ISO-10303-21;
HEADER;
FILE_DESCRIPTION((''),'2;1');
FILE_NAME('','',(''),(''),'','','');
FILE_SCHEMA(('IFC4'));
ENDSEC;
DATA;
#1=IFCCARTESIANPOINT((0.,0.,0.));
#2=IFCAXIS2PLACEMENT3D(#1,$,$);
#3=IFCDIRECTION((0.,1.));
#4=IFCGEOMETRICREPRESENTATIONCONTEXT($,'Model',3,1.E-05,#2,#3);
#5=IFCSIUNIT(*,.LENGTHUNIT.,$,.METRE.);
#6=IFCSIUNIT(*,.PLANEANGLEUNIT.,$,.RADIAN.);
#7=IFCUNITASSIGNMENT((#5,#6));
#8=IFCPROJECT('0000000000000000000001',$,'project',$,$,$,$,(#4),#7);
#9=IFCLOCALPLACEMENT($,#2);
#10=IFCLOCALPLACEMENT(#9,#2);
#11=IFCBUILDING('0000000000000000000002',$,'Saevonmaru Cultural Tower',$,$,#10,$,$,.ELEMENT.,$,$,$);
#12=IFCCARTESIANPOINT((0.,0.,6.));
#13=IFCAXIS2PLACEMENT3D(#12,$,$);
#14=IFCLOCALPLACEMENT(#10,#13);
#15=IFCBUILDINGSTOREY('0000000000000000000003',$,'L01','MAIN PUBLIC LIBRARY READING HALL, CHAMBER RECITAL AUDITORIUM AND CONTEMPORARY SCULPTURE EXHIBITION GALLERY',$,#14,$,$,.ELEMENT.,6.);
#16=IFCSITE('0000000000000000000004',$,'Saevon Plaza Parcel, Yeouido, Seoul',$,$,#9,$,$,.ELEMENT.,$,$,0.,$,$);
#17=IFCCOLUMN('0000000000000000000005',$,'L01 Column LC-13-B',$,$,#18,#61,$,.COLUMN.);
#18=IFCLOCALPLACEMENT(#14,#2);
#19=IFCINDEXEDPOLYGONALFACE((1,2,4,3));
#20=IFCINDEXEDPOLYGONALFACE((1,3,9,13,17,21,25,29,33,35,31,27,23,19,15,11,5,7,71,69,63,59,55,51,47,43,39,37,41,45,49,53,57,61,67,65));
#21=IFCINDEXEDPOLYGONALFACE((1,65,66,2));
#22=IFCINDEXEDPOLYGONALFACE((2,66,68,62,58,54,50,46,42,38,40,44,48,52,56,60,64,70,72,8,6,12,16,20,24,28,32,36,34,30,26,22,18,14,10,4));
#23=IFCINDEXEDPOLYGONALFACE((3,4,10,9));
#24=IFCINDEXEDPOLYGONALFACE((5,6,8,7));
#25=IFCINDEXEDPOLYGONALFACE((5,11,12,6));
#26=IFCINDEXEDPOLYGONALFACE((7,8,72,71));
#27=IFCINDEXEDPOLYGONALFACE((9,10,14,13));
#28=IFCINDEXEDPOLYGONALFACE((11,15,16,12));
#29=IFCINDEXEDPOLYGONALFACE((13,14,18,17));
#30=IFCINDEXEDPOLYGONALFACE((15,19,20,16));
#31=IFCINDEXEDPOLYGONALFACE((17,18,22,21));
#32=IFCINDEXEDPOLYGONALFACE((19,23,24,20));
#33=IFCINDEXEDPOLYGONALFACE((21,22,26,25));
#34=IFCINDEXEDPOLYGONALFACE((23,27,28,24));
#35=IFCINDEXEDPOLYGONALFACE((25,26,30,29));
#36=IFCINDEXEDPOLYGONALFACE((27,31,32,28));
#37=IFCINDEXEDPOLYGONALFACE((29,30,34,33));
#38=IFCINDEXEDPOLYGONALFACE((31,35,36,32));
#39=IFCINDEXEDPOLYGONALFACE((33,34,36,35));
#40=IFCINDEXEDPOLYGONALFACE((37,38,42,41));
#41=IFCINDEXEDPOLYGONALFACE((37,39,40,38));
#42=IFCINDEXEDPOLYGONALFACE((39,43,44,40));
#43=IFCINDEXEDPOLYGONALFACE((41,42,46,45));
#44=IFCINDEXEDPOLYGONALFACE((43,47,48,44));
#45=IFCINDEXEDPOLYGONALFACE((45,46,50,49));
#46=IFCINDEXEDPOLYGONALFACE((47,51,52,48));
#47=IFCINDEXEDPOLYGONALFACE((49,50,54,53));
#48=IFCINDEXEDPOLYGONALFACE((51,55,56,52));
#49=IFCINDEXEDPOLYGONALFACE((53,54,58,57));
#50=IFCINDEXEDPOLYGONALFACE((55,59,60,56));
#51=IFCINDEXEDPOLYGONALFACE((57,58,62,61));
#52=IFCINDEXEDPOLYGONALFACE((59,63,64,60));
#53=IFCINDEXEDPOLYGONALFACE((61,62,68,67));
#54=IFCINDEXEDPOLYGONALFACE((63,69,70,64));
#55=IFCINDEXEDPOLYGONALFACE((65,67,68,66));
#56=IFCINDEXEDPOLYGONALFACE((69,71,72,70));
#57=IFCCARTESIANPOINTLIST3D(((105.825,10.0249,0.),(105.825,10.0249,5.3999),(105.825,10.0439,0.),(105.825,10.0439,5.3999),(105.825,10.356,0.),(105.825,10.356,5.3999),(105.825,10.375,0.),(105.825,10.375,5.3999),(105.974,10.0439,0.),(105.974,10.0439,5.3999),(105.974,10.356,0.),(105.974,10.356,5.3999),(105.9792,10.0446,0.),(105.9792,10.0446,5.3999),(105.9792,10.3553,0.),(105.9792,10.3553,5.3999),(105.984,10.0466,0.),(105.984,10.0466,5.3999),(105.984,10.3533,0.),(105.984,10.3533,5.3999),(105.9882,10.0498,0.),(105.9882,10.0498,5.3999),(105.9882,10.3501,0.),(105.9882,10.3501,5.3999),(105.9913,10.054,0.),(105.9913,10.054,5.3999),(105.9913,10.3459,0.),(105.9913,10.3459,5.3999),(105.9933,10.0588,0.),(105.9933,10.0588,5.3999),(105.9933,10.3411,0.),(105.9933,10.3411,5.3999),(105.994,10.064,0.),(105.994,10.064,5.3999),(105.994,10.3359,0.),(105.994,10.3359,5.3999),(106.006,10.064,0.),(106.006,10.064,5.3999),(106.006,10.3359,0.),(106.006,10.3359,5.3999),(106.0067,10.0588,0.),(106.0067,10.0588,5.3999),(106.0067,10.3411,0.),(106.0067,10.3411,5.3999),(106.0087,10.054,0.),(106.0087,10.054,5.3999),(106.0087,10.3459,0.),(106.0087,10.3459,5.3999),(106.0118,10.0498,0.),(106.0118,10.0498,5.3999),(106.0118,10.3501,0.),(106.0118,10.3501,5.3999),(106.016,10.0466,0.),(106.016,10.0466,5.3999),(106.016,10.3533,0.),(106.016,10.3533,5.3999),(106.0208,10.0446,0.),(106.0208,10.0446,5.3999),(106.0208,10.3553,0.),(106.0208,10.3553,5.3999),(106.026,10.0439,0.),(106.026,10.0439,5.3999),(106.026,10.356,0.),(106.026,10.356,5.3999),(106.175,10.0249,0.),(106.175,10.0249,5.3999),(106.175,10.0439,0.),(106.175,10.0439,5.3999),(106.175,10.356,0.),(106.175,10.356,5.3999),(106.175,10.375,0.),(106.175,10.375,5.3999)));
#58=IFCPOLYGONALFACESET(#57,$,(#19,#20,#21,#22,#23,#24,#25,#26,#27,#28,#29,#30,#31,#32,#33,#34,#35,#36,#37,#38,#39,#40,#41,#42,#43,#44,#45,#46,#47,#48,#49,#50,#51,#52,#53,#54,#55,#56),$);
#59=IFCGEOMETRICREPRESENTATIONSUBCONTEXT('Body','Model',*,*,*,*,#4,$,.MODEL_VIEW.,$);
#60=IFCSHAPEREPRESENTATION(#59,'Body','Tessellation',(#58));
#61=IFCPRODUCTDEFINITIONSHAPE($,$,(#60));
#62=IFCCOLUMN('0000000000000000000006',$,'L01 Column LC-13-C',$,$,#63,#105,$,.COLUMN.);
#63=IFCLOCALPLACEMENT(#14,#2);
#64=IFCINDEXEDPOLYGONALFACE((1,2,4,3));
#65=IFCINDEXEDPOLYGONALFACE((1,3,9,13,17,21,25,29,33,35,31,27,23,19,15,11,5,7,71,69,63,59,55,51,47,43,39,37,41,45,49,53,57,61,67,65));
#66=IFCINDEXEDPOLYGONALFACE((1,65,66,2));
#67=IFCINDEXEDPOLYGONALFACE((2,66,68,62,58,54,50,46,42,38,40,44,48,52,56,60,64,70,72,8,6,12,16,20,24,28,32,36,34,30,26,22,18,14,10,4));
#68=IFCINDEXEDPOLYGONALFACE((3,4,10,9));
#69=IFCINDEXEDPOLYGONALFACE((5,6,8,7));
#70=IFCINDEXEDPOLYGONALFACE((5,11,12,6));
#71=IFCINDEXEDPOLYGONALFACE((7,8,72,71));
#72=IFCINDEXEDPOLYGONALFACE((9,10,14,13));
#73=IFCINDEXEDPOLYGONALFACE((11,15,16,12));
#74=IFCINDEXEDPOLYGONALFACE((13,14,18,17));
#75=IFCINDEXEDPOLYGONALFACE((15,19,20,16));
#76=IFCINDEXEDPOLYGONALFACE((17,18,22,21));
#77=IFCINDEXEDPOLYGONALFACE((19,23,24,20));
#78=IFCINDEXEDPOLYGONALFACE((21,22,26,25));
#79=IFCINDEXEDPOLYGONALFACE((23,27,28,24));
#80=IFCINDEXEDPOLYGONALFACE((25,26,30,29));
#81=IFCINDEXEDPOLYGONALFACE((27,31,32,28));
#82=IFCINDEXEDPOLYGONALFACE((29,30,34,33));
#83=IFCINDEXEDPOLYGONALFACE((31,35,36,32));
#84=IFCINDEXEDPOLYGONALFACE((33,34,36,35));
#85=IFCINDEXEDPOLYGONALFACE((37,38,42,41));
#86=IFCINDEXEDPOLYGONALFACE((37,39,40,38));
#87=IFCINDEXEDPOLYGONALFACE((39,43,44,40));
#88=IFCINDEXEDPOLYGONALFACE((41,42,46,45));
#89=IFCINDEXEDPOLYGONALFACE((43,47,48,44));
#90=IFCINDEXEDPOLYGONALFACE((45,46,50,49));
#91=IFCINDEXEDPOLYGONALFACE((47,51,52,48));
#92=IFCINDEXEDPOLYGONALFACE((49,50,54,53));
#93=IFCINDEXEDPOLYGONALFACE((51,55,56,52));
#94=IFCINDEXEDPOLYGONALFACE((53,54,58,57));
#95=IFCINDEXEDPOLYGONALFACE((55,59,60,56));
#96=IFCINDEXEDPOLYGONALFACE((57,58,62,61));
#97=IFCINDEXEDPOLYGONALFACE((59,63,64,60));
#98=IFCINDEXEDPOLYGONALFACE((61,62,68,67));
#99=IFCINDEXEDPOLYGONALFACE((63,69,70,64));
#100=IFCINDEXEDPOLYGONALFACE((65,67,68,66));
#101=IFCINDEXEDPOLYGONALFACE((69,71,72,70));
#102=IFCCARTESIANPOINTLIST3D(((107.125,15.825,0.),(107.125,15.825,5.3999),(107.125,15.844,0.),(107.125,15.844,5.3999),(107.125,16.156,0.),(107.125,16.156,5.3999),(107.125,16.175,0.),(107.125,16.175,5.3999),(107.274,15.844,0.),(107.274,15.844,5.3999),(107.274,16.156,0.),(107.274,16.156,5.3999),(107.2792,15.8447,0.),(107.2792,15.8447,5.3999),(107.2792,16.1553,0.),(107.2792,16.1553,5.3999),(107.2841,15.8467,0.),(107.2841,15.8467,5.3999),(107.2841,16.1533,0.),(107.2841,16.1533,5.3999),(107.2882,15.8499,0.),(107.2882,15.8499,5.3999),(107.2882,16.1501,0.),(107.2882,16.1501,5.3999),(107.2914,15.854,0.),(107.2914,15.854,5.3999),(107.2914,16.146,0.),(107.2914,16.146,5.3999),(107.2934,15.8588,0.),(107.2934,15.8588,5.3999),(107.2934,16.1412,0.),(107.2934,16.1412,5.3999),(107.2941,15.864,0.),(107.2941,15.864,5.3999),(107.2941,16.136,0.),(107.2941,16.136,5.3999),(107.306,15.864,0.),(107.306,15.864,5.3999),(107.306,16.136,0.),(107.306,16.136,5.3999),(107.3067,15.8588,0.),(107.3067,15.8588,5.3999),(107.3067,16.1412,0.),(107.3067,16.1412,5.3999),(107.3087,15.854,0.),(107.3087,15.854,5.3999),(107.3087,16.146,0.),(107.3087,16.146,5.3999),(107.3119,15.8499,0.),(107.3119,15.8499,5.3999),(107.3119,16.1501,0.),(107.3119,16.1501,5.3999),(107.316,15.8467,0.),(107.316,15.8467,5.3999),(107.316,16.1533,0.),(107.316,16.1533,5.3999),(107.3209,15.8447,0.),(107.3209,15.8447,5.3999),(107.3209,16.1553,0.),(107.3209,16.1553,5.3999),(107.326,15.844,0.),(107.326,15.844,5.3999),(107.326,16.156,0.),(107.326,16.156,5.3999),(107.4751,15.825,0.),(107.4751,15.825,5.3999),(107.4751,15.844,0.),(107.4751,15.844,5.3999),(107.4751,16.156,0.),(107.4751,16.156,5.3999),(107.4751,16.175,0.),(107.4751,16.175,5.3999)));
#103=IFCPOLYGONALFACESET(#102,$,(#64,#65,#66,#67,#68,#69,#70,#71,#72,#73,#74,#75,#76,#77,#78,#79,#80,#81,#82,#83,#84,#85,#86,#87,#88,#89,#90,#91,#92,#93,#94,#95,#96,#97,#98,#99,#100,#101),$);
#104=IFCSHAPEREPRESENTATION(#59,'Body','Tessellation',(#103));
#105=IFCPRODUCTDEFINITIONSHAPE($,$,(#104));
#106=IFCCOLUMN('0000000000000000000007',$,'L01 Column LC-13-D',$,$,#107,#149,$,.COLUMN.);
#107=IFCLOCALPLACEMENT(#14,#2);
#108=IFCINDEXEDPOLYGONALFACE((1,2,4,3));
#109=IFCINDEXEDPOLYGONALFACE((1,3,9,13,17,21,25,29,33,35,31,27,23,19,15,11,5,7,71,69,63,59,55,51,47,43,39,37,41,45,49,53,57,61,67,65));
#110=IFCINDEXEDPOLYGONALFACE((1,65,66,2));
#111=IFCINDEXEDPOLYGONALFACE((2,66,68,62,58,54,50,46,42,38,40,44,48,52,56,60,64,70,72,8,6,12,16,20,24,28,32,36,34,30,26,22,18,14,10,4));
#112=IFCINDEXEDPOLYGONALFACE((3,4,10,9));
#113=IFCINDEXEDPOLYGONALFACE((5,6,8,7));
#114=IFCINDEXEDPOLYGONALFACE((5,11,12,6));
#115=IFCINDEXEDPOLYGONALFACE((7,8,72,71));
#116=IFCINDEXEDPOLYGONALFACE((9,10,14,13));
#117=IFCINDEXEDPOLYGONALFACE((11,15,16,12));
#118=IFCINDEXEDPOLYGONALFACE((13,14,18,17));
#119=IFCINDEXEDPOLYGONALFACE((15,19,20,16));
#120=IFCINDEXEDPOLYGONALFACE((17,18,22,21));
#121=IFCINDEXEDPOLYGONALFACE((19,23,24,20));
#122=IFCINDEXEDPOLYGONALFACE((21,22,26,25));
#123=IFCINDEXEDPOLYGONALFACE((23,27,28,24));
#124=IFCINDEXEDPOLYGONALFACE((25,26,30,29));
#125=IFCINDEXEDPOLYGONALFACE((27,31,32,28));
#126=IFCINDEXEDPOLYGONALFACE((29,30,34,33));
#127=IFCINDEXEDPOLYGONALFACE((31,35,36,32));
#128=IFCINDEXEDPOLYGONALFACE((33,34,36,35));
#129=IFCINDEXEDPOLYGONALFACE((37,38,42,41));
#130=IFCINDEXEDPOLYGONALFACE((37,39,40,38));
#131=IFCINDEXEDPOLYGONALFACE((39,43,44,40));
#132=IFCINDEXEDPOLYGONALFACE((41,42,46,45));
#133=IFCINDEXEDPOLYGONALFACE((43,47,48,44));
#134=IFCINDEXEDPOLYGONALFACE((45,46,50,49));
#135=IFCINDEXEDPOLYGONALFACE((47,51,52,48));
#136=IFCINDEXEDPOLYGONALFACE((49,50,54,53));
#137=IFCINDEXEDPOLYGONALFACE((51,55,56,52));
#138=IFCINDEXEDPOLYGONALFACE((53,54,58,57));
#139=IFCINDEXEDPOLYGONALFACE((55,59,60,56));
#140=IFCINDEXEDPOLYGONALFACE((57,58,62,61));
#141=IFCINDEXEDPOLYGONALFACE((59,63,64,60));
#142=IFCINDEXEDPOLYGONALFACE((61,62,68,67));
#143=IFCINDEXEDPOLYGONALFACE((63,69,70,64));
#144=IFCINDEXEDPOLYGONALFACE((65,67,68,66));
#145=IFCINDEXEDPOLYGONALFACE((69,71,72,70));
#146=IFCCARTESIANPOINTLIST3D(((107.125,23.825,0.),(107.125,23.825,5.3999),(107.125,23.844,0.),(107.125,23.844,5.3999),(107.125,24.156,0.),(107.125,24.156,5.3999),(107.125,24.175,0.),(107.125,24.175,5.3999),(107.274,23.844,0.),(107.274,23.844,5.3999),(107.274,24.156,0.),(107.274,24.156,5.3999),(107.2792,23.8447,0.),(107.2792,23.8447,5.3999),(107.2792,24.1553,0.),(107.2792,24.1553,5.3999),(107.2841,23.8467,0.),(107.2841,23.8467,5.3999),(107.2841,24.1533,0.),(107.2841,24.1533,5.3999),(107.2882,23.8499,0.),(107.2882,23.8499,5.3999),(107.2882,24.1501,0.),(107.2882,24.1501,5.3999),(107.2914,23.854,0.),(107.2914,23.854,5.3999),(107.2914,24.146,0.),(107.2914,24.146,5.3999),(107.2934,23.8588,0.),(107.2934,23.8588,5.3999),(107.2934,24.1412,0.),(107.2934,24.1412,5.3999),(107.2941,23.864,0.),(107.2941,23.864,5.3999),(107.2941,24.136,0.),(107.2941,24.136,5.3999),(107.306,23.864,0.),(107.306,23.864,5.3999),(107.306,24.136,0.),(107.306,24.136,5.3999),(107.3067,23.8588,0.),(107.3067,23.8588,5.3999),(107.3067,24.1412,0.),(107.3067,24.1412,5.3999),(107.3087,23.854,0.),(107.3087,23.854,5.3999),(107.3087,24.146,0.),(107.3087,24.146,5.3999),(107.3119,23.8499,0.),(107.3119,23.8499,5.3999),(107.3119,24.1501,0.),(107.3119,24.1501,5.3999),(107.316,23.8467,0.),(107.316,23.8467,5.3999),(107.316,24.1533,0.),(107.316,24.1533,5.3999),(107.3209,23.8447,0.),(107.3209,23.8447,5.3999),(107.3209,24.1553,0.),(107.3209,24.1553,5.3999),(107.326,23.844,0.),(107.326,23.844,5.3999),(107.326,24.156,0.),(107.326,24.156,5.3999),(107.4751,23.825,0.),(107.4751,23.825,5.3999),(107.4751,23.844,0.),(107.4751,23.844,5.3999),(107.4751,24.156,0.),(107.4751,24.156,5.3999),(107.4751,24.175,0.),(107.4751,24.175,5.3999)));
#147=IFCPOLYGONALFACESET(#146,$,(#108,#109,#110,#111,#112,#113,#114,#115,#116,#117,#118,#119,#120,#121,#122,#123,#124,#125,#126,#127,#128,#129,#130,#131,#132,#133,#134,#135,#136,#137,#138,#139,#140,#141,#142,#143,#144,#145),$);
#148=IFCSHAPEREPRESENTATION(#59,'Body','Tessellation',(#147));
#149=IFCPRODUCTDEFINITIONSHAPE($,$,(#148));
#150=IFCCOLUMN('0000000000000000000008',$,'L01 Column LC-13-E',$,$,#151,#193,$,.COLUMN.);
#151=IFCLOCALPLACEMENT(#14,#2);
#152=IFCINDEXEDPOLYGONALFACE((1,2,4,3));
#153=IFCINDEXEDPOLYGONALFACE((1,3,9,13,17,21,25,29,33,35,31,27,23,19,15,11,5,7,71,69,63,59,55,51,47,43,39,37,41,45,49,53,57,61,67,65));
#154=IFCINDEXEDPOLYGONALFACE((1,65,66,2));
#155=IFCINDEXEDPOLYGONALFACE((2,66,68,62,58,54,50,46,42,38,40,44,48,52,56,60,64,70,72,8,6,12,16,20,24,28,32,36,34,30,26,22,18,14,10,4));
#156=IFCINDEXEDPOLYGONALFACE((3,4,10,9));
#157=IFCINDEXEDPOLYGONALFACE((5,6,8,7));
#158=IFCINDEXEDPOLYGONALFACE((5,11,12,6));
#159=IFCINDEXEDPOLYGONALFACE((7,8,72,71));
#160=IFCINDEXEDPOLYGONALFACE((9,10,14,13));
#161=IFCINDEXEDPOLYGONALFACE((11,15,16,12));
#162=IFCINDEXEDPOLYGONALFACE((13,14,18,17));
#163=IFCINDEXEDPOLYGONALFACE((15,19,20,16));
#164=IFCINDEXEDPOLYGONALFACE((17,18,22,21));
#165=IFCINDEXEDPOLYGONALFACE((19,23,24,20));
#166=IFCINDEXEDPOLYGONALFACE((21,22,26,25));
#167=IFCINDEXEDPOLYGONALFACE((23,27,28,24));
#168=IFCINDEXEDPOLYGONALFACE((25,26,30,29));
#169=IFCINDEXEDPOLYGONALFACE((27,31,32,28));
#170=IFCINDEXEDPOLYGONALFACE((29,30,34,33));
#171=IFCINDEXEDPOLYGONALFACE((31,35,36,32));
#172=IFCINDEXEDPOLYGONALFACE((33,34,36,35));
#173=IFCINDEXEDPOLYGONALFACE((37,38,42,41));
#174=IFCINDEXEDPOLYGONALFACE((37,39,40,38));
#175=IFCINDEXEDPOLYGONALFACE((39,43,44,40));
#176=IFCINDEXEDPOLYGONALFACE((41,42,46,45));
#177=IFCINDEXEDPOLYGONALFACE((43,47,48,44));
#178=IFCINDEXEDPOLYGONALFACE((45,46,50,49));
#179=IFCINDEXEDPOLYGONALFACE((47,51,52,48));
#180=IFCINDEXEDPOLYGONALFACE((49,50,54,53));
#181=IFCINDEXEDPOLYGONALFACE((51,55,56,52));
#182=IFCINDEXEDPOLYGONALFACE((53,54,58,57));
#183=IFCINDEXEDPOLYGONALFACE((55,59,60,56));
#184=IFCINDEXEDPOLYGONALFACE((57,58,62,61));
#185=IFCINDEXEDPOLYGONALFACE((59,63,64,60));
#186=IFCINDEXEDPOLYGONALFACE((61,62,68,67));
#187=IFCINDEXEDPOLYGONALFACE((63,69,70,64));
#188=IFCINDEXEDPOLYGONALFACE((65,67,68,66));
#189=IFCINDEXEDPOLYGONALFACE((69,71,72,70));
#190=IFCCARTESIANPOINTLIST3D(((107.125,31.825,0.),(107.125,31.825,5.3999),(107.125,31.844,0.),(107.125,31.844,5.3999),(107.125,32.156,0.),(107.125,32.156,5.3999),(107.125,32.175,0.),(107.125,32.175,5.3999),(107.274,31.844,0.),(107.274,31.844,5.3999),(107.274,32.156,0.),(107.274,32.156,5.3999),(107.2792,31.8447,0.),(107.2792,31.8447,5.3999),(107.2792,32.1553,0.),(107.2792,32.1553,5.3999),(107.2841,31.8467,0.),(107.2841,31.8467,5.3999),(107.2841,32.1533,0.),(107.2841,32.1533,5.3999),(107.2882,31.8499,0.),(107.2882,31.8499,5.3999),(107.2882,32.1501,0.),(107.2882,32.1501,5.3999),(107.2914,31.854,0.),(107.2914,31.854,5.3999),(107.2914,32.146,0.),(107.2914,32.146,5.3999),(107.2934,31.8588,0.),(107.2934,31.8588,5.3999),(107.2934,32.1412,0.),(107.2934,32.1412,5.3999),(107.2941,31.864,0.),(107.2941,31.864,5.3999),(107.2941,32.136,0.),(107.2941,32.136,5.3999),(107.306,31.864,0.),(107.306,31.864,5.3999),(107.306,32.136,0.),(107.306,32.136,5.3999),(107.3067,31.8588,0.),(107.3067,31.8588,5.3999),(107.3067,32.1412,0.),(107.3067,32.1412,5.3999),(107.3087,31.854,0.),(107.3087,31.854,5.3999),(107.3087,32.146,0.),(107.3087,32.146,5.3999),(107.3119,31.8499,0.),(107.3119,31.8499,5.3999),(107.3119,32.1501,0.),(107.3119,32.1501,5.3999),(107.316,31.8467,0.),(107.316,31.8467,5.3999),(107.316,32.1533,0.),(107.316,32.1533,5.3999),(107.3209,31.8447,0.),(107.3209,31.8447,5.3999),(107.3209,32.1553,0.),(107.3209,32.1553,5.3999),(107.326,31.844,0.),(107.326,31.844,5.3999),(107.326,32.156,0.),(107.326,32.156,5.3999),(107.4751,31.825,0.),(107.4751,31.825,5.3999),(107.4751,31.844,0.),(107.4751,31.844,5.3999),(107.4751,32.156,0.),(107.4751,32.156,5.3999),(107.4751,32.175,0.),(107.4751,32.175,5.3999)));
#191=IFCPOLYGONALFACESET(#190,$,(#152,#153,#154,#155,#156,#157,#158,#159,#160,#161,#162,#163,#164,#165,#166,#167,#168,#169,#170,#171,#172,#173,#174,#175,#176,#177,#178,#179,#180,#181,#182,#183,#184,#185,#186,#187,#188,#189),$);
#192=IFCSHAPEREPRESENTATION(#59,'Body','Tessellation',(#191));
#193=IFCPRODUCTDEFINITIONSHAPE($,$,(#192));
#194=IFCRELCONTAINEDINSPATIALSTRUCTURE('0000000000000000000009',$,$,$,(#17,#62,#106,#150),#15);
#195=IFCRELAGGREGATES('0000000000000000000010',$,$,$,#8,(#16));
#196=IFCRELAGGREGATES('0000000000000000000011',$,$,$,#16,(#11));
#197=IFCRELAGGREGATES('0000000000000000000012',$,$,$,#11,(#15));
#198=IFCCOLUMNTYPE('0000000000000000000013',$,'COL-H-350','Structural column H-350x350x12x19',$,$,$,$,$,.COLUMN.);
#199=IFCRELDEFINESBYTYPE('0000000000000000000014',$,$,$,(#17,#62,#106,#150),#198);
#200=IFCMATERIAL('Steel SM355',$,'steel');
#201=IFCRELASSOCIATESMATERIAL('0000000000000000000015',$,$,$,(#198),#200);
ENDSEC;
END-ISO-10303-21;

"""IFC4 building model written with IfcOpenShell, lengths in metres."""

from ifc_helpers import new_model, si_unit, direction, frame, origin, origin_2d, place, context, subcontext, project, spatial, i_section, extrude, material, material_profile, profile_set, type_object, element, save


model = new_model("IFC4")

# Units and contexts
model_context = context("Model", 3, precision=1e-05, world=origin(), true_north=direction((0.0, 1.0)))
body_context = subcontext(model_context, "Body", "Model", "MODEL_VIEW")
ifc_project = project(units=[si_unit("LENGTHUNIT", "METRE"), si_unit("PLANEANGLEUNIT", "RADIAN")], contexts=[model_context])

# Site, building, storey
site_placement = place(None, origin())
site = spatial("IfcSite", under=ifc_project, at=site_placement, Name="Saevon Plaza Parcel, Yeouido, Seoul", CompositionType="ELEMENT", RefElevation=0.0)
building_placement = place(site_placement, origin())
building = spatial("IfcBuilding", under=site, at=building_placement, Name="Saevonmaru Cultural Tower", CompositionType="ELEMENT")
storey_placement = place(building_placement, frame((0.0, 0.0, 6.0)))
storey = spatial("IfcBuildingStorey", under=building, at=storey_placement, Name="L01", Description="MAIN PUBLIC LIBRARY READING HALL, CHAMBER RECITAL AUDITORIUM AND CONTEMPORARY SCULPTURE EXHIBITION GALLERY", CompositionType="ELEMENT", Elevation=6.0)

# Columns
ifc_material_1 = material(Name="Steel SM355", Category="steel")
ifc_material_profile_1 = material_profile(ifc_material_1, i_section(OverallWidth=0.3501, OverallDepth=0.3501, WebThickness=0.012, FlangeThickness=0.019, FilletRadius=0.02, at=origin_2d()), Name="H-350x350x12x19")
ifc_profile_set_1 = profile_set([ifc_material_profile_1], Name="Steel SM355")
column_type_1 = type_object("IfcColumnType", Name="COL-H-350", Description="Structural column H-350x350x12x19", PredefinedType="COLUMN", material=ifc_profile_set_1)
for number, where, z_axis, x_axis, name in (
    (1, (106.0, 10.2, 0.0), (0.0, 0.0, 1.0), (1.0, 0.0, 0.0), "L01 Column LC-13-B"),
    (2, (107.3, 16.0, 0.0), (0.0, 0.0, 1.0), (1.0, 0.0, 0.0), "L01 Column LC-13-C"),
    (3, (107.3, 24.0, 0.0), (0.0, 0.0, 1.0), (1.0, 0.0, 0.0), "L01 Column LC-13-D"),
    (4, (107.3, 32.0, 0.0), (0.0, 0.0, 1.0), (1.0, 0.0, 0.0), "L01 Column LC-13-E"),
):
    element("IfcColumn", number, at=place(storey_placement, frame(where, z_axis=z_axis, x_axis=x_axis)), inside=storey, type_object=column_type_1, Name=name, PredefinedType="COLUMN", context=body_context, shape_type="SweptSolid", body=[
        extrude(i_section(OverallWidth=0.3501, OverallDepth=0.3501, WebThickness=0.012, FlangeThickness=0.019, FilletRadius=0.02, at=origin_2d()), origin(), (0.0, 0.0, 1.0), 5.3999),
    ])

save(model, "model.ifc")
